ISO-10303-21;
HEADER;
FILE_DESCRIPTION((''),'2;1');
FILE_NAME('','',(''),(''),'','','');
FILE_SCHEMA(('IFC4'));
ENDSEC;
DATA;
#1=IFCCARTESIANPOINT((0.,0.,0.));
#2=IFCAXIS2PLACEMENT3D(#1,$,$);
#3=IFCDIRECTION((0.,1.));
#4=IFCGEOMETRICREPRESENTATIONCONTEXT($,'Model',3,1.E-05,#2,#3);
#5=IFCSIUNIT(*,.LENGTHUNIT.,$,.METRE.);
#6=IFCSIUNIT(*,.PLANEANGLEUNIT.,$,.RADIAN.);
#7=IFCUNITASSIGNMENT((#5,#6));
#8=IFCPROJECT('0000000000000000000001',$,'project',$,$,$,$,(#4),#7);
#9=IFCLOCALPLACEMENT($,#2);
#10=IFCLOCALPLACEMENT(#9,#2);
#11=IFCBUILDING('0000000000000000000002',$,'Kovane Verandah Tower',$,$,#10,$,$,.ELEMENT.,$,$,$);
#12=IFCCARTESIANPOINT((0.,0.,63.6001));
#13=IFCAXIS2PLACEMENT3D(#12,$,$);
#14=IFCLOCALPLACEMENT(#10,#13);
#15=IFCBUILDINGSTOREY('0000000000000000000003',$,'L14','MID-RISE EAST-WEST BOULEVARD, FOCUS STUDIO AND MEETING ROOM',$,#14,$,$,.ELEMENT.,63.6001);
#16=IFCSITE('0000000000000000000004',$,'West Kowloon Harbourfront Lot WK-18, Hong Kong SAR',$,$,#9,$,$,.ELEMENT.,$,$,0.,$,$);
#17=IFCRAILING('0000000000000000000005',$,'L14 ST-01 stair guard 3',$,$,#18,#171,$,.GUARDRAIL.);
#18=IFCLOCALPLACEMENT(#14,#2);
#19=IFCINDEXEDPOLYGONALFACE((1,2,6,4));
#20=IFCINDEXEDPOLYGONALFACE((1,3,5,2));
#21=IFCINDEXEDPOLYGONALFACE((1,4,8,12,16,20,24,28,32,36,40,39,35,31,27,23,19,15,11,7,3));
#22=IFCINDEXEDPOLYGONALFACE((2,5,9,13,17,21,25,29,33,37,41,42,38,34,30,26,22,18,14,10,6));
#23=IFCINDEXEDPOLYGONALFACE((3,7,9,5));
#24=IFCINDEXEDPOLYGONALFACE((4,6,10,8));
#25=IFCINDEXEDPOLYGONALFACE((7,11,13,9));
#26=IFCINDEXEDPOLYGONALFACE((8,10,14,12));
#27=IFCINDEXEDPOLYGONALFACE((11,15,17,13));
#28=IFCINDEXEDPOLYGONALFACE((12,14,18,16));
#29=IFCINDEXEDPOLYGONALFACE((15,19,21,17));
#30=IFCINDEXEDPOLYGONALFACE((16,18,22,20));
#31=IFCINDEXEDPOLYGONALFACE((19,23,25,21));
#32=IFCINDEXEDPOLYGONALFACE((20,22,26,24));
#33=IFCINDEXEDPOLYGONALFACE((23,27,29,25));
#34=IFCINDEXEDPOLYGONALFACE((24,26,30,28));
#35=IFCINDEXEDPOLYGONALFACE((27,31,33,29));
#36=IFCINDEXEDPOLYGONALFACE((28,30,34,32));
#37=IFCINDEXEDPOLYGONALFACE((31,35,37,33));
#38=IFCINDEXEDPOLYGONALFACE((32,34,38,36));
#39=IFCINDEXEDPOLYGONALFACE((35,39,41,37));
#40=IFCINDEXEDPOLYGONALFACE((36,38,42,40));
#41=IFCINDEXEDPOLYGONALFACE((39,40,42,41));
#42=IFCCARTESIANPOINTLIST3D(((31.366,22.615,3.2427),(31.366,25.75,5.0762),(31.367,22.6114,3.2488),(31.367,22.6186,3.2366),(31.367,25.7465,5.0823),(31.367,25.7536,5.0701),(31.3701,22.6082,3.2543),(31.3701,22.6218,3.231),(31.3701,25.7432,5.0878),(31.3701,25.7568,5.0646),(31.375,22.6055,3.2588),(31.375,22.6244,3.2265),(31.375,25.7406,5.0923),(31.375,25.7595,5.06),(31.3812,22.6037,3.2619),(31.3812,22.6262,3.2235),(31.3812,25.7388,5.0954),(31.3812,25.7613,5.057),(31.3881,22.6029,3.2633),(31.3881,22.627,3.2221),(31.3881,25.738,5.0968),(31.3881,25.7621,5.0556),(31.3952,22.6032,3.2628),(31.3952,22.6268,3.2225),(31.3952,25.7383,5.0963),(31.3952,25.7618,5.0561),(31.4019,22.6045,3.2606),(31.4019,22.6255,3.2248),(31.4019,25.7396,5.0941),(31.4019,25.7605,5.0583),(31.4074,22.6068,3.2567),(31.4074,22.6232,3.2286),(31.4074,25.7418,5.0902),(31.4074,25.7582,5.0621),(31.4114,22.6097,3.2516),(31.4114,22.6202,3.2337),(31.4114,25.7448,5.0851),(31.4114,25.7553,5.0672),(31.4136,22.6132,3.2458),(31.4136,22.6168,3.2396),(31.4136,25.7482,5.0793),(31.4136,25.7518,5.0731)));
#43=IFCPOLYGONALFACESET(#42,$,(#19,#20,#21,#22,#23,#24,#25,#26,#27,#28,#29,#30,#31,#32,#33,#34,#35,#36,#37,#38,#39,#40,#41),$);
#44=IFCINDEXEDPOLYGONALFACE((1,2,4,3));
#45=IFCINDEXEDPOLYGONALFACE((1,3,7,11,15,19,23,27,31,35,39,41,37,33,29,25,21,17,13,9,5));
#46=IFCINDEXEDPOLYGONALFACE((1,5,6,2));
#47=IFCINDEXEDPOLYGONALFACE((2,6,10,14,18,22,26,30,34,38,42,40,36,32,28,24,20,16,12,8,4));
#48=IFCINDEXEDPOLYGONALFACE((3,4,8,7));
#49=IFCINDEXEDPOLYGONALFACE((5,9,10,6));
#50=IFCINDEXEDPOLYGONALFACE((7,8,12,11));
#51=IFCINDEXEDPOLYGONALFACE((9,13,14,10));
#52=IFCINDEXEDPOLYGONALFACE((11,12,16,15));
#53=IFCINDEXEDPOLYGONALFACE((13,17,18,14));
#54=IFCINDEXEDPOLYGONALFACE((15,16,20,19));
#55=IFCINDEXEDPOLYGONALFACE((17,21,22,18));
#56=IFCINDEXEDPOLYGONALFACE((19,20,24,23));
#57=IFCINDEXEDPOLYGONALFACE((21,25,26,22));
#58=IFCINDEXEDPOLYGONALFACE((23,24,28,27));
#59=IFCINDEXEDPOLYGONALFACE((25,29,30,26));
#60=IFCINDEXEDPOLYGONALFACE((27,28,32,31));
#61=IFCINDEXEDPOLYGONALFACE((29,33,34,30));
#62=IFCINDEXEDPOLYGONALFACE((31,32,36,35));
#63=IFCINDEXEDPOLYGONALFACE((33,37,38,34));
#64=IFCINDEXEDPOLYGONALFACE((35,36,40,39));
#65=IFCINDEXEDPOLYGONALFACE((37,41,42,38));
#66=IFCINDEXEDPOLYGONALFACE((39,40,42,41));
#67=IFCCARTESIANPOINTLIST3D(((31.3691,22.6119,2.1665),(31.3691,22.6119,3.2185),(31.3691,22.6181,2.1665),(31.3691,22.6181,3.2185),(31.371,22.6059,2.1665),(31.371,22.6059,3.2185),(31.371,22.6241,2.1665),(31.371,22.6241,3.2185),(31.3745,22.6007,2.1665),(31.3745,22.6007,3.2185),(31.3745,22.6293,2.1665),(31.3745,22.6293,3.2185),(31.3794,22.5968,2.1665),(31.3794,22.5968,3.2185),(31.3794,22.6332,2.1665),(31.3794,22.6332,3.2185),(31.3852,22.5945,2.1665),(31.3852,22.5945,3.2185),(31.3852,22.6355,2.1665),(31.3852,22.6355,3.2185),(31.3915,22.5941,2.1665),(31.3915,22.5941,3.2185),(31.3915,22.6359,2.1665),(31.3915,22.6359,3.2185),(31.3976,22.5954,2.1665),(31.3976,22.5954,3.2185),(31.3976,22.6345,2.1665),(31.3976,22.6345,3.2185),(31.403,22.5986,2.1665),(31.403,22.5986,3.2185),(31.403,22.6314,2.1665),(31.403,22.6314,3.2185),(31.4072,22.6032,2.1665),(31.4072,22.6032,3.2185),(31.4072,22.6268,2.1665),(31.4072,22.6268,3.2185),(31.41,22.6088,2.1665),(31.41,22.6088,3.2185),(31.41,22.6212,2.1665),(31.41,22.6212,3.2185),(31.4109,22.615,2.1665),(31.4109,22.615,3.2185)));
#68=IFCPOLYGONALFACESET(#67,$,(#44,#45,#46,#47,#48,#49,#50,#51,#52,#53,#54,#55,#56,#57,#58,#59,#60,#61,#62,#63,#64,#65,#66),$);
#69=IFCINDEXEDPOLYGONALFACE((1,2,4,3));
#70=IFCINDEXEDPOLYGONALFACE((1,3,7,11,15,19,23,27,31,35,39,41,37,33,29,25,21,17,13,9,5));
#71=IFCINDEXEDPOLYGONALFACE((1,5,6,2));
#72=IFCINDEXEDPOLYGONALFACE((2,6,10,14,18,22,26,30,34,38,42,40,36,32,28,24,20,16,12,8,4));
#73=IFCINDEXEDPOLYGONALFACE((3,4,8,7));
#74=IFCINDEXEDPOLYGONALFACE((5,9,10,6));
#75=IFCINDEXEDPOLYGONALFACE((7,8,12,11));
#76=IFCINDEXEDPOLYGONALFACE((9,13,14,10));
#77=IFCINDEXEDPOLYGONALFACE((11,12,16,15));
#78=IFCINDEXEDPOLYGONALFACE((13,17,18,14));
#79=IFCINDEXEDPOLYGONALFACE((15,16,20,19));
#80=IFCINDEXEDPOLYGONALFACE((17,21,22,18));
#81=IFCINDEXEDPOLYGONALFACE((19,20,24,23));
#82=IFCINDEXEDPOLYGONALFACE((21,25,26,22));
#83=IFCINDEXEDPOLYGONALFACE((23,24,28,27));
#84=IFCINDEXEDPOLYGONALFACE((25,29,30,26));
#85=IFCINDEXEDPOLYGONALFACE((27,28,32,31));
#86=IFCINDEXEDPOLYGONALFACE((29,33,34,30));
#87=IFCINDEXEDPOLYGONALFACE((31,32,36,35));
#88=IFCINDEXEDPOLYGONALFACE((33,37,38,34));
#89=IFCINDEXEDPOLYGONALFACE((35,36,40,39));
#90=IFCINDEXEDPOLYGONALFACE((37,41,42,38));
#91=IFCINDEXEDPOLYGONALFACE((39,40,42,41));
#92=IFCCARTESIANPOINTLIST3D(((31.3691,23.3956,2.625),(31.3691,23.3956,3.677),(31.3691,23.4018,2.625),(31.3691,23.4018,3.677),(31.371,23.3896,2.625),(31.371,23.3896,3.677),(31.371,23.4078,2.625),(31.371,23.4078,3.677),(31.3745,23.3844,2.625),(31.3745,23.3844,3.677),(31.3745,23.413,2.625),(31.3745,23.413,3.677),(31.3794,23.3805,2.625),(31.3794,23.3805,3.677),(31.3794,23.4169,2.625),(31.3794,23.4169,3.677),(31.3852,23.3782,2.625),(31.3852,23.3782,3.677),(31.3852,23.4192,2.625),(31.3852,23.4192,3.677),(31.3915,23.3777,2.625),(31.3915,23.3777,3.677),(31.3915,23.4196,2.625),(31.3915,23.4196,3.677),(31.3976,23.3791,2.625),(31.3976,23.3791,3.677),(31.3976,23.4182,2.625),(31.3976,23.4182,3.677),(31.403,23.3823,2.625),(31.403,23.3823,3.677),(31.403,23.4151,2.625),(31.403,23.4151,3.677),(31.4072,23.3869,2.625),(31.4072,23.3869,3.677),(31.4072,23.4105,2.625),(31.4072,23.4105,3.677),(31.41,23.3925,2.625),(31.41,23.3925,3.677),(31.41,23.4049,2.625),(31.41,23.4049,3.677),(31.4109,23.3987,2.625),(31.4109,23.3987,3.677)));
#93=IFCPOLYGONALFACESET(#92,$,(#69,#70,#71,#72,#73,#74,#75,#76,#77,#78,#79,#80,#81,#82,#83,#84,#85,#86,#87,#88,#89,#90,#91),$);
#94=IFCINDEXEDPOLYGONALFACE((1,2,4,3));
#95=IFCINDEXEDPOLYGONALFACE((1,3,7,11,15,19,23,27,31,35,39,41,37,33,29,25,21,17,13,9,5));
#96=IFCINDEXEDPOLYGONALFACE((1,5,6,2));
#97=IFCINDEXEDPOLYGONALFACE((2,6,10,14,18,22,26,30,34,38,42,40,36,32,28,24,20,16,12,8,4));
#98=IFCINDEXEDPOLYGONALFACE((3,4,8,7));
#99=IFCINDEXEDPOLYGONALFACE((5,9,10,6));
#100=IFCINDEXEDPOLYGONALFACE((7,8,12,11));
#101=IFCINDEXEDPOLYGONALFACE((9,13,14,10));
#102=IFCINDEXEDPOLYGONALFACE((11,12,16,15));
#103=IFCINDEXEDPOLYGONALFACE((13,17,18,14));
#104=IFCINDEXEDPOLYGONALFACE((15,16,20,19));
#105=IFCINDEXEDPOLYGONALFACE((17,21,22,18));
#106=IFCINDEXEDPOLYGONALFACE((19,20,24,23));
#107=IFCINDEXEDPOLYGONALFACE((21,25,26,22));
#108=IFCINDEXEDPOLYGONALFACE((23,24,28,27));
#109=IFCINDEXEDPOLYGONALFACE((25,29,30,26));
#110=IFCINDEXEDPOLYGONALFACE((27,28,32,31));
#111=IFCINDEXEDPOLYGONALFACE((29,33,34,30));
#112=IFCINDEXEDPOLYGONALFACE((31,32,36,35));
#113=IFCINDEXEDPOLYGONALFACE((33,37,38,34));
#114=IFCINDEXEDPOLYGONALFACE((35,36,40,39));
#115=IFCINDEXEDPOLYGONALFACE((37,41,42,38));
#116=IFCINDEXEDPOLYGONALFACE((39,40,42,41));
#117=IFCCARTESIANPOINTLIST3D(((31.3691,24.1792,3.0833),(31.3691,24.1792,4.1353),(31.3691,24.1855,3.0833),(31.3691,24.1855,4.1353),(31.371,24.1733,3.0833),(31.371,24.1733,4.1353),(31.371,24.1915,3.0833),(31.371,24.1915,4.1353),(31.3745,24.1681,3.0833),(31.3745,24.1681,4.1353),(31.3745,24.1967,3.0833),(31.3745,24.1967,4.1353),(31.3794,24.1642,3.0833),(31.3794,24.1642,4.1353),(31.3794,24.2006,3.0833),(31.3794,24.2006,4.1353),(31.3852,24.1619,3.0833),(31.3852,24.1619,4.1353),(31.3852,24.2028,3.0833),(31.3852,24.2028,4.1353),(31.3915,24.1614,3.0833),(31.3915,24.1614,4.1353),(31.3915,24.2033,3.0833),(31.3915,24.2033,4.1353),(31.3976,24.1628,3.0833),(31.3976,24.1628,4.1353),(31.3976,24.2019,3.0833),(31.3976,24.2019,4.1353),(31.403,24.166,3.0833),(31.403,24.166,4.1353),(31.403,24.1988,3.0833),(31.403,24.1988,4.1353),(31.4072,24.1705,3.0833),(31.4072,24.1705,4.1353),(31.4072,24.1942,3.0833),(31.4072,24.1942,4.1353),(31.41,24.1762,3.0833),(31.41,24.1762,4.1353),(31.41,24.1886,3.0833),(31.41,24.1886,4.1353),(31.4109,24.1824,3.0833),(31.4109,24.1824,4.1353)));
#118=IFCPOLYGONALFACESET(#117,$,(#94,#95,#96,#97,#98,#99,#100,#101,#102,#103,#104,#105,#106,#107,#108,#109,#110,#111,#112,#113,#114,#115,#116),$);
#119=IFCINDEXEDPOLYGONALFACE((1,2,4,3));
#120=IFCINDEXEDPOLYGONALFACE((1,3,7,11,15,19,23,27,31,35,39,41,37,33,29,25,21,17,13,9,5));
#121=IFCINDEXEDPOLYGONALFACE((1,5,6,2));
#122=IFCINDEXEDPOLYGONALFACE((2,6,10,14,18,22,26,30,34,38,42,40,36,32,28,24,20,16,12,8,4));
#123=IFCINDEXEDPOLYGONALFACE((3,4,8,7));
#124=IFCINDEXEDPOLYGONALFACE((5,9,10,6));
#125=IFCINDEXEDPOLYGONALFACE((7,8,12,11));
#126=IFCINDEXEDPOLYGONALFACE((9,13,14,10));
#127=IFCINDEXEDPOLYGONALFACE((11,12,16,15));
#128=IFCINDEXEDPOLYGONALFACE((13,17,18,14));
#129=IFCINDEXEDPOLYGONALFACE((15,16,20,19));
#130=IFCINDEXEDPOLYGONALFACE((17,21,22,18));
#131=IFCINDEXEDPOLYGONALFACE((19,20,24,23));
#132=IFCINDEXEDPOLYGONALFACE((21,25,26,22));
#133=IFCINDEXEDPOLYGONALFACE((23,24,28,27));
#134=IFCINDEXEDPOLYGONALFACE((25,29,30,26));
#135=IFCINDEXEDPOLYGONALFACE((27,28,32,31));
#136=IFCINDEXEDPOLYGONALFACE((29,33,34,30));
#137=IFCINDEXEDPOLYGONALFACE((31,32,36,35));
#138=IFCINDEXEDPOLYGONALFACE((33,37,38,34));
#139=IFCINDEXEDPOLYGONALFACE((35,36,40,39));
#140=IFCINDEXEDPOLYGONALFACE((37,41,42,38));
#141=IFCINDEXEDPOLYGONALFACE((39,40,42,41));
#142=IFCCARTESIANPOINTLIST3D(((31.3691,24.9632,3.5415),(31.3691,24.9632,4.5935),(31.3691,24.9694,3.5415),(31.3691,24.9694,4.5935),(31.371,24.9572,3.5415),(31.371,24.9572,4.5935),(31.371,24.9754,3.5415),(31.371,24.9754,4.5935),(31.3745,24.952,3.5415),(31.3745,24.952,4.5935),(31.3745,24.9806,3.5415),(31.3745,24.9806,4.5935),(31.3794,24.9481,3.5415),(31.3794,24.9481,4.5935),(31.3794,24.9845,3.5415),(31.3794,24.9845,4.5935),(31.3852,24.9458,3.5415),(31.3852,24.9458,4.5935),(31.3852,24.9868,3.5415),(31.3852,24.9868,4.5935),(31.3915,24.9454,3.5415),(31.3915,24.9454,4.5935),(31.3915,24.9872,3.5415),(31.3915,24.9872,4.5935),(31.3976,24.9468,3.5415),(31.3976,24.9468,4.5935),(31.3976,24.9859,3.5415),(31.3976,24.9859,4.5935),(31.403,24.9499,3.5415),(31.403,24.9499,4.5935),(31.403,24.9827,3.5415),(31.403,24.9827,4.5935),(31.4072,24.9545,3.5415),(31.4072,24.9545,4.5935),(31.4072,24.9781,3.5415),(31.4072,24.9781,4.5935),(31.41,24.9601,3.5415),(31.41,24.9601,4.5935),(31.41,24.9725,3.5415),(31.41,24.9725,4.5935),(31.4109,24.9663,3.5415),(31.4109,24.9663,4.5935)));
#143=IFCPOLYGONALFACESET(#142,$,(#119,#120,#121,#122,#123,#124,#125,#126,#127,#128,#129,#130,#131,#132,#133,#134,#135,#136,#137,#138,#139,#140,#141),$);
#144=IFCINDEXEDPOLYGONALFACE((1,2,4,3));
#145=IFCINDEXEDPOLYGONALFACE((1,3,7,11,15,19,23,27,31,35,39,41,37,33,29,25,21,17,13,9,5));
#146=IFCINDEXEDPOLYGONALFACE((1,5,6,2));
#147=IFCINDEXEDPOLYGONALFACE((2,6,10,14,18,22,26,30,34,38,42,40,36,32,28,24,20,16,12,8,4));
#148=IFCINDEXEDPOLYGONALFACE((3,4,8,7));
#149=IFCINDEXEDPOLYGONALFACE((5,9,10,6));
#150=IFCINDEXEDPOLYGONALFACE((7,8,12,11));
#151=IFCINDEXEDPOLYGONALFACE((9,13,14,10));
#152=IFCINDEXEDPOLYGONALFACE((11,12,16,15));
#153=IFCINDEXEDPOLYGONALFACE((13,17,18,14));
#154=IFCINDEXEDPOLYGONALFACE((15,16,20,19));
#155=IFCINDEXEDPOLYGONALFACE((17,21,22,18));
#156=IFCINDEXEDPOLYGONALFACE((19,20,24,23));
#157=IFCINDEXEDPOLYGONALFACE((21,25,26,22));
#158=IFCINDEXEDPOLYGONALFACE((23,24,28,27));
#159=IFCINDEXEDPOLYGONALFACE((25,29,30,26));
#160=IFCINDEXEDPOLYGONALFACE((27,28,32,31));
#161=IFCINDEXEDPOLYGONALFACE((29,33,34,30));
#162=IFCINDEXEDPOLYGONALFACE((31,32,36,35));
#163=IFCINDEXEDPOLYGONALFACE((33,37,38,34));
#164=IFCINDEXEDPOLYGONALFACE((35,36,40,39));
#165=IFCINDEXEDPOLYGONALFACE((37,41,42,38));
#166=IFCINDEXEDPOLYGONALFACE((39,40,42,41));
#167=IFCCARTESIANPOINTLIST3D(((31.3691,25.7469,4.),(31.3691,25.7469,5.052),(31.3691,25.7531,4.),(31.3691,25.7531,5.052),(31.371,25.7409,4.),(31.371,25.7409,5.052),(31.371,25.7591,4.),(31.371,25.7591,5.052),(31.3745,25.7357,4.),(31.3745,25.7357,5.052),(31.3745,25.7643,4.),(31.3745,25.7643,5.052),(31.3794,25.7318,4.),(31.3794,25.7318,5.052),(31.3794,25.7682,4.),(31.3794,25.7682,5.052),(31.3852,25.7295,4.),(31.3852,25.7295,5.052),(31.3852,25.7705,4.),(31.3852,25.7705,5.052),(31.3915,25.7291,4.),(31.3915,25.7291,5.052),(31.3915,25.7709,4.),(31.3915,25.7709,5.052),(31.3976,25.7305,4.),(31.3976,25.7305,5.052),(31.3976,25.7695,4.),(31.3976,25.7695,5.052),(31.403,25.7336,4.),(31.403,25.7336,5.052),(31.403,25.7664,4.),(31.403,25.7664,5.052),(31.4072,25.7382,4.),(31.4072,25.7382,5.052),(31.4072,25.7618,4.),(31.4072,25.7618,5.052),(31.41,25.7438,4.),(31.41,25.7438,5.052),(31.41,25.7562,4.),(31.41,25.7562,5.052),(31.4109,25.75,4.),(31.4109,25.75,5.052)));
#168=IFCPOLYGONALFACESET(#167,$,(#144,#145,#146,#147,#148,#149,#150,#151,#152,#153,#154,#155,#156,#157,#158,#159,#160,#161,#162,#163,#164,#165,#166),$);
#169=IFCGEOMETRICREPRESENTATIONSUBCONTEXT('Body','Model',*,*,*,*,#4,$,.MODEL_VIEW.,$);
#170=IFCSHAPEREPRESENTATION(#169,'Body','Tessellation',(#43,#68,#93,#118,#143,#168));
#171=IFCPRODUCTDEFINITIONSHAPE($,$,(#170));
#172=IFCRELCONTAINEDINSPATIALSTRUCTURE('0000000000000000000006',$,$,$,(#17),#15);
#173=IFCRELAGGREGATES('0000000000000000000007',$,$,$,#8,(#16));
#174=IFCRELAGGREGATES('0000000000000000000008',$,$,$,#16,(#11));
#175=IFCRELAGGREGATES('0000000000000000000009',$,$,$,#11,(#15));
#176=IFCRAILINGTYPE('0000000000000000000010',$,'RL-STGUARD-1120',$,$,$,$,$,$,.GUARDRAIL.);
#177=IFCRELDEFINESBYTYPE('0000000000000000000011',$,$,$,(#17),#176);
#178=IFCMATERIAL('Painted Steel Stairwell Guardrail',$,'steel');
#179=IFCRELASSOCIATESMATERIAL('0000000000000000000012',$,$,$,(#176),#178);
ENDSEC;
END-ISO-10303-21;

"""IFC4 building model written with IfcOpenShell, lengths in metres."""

from ifc_helpers import new_model, si_unit, direction, frame, origin, origin_2d, place, context, subcontext, project, spatial, circle, extrude, material, type_object, element, save


model = new_model("IFC4")

# Units and contexts
model_context = context("Model", 3, precision=1e-05, world=origin(), true_north=direction((0.0, 1.0)))
body_context = subcontext(model_context, "Body", "Model", "MODEL_VIEW")
ifc_project = project(units=[si_unit("LENGTHUNIT", "METRE"), si_unit("PLANEANGLEUNIT", "RADIAN")], contexts=[model_context])

# Site, building, storey
site_placement = place(None, origin())
site = spatial("IfcSite", under=ifc_project, at=site_placement, Name="West Kowloon Harbourfront Lot WK-18, Hong Kong SAR", CompositionType="ELEMENT", RefElevation=0.0)
building_placement = place(site_placement, origin())
building = spatial("IfcBuilding", under=site, at=building_placement, Name="Kovane Verandah Tower", CompositionType="ELEMENT")
storey_placement = place(building_placement, frame((0.0, 0.0, 63.6001)))
storey = spatial("IfcBuildingStorey", under=building, at=storey_placement, Name="L14", Description="MID-RISE EAST-WEST BOULEVARD, FOCUS STUDIO AND MEETING ROOM", CompositionType="ELEMENT", Elevation=63.6001)

# Railing
ifc_material_1 = material(Name="Painted Steel Stairwell Guardrail", Category="steel")
railing_type_1 = type_object("IfcRailingType", Name="RL-STGUARD-1120", PredefinedType="GUARDRAIL", material=ifc_material_1)
railing_1_placement = place(storey_placement, frame((31.3899, 22.615, 2.1665)))
element("IfcRailing", 1, at=railing_1_placement, inside=storey, type_object=railing_type_1, Name="L14 ST-01 stair guard 3", PredefinedType="GUARDRAIL", context=body_context, shape_type="SweptSolid", body=[
    extrude(circle(Radius=0.0239, at=origin_2d()), frame((0.0, 0.0, 1.0762), z_axis=(0.0, 0.86321, 0.504845), x_axis=(-1.0, 0.0, 0.0)), (0.0, 0.0, 1.0), 3.6318),
    extrude(circle(Radius=0.021, at=origin_2d()), origin(), (0.0, 0.0, 1.0), 1.052),
    extrude(circle(Radius=0.021, at=origin_2d()), frame((0.0, 0.7837, 0.4585)), (0.0, 0.0, 1.0), 1.052),
    extrude(circle(Radius=0.021, at=origin_2d()), frame((0.0, 1.5674, 0.9167)), (0.0, 0.0, 1.0), 1.052),
    extrude(circle(Radius=0.021, at=origin_2d()), frame((0.0, 2.3513, 1.375)), (0.0, 0.0, 1.0), 1.052),
    extrude(circle(Radius=0.021, at=origin_2d()), frame((0.0, 3.135, 1.8335)), (0.0, 0.0, 1.0), 1.052),
])

save(model, "model.ifc")
